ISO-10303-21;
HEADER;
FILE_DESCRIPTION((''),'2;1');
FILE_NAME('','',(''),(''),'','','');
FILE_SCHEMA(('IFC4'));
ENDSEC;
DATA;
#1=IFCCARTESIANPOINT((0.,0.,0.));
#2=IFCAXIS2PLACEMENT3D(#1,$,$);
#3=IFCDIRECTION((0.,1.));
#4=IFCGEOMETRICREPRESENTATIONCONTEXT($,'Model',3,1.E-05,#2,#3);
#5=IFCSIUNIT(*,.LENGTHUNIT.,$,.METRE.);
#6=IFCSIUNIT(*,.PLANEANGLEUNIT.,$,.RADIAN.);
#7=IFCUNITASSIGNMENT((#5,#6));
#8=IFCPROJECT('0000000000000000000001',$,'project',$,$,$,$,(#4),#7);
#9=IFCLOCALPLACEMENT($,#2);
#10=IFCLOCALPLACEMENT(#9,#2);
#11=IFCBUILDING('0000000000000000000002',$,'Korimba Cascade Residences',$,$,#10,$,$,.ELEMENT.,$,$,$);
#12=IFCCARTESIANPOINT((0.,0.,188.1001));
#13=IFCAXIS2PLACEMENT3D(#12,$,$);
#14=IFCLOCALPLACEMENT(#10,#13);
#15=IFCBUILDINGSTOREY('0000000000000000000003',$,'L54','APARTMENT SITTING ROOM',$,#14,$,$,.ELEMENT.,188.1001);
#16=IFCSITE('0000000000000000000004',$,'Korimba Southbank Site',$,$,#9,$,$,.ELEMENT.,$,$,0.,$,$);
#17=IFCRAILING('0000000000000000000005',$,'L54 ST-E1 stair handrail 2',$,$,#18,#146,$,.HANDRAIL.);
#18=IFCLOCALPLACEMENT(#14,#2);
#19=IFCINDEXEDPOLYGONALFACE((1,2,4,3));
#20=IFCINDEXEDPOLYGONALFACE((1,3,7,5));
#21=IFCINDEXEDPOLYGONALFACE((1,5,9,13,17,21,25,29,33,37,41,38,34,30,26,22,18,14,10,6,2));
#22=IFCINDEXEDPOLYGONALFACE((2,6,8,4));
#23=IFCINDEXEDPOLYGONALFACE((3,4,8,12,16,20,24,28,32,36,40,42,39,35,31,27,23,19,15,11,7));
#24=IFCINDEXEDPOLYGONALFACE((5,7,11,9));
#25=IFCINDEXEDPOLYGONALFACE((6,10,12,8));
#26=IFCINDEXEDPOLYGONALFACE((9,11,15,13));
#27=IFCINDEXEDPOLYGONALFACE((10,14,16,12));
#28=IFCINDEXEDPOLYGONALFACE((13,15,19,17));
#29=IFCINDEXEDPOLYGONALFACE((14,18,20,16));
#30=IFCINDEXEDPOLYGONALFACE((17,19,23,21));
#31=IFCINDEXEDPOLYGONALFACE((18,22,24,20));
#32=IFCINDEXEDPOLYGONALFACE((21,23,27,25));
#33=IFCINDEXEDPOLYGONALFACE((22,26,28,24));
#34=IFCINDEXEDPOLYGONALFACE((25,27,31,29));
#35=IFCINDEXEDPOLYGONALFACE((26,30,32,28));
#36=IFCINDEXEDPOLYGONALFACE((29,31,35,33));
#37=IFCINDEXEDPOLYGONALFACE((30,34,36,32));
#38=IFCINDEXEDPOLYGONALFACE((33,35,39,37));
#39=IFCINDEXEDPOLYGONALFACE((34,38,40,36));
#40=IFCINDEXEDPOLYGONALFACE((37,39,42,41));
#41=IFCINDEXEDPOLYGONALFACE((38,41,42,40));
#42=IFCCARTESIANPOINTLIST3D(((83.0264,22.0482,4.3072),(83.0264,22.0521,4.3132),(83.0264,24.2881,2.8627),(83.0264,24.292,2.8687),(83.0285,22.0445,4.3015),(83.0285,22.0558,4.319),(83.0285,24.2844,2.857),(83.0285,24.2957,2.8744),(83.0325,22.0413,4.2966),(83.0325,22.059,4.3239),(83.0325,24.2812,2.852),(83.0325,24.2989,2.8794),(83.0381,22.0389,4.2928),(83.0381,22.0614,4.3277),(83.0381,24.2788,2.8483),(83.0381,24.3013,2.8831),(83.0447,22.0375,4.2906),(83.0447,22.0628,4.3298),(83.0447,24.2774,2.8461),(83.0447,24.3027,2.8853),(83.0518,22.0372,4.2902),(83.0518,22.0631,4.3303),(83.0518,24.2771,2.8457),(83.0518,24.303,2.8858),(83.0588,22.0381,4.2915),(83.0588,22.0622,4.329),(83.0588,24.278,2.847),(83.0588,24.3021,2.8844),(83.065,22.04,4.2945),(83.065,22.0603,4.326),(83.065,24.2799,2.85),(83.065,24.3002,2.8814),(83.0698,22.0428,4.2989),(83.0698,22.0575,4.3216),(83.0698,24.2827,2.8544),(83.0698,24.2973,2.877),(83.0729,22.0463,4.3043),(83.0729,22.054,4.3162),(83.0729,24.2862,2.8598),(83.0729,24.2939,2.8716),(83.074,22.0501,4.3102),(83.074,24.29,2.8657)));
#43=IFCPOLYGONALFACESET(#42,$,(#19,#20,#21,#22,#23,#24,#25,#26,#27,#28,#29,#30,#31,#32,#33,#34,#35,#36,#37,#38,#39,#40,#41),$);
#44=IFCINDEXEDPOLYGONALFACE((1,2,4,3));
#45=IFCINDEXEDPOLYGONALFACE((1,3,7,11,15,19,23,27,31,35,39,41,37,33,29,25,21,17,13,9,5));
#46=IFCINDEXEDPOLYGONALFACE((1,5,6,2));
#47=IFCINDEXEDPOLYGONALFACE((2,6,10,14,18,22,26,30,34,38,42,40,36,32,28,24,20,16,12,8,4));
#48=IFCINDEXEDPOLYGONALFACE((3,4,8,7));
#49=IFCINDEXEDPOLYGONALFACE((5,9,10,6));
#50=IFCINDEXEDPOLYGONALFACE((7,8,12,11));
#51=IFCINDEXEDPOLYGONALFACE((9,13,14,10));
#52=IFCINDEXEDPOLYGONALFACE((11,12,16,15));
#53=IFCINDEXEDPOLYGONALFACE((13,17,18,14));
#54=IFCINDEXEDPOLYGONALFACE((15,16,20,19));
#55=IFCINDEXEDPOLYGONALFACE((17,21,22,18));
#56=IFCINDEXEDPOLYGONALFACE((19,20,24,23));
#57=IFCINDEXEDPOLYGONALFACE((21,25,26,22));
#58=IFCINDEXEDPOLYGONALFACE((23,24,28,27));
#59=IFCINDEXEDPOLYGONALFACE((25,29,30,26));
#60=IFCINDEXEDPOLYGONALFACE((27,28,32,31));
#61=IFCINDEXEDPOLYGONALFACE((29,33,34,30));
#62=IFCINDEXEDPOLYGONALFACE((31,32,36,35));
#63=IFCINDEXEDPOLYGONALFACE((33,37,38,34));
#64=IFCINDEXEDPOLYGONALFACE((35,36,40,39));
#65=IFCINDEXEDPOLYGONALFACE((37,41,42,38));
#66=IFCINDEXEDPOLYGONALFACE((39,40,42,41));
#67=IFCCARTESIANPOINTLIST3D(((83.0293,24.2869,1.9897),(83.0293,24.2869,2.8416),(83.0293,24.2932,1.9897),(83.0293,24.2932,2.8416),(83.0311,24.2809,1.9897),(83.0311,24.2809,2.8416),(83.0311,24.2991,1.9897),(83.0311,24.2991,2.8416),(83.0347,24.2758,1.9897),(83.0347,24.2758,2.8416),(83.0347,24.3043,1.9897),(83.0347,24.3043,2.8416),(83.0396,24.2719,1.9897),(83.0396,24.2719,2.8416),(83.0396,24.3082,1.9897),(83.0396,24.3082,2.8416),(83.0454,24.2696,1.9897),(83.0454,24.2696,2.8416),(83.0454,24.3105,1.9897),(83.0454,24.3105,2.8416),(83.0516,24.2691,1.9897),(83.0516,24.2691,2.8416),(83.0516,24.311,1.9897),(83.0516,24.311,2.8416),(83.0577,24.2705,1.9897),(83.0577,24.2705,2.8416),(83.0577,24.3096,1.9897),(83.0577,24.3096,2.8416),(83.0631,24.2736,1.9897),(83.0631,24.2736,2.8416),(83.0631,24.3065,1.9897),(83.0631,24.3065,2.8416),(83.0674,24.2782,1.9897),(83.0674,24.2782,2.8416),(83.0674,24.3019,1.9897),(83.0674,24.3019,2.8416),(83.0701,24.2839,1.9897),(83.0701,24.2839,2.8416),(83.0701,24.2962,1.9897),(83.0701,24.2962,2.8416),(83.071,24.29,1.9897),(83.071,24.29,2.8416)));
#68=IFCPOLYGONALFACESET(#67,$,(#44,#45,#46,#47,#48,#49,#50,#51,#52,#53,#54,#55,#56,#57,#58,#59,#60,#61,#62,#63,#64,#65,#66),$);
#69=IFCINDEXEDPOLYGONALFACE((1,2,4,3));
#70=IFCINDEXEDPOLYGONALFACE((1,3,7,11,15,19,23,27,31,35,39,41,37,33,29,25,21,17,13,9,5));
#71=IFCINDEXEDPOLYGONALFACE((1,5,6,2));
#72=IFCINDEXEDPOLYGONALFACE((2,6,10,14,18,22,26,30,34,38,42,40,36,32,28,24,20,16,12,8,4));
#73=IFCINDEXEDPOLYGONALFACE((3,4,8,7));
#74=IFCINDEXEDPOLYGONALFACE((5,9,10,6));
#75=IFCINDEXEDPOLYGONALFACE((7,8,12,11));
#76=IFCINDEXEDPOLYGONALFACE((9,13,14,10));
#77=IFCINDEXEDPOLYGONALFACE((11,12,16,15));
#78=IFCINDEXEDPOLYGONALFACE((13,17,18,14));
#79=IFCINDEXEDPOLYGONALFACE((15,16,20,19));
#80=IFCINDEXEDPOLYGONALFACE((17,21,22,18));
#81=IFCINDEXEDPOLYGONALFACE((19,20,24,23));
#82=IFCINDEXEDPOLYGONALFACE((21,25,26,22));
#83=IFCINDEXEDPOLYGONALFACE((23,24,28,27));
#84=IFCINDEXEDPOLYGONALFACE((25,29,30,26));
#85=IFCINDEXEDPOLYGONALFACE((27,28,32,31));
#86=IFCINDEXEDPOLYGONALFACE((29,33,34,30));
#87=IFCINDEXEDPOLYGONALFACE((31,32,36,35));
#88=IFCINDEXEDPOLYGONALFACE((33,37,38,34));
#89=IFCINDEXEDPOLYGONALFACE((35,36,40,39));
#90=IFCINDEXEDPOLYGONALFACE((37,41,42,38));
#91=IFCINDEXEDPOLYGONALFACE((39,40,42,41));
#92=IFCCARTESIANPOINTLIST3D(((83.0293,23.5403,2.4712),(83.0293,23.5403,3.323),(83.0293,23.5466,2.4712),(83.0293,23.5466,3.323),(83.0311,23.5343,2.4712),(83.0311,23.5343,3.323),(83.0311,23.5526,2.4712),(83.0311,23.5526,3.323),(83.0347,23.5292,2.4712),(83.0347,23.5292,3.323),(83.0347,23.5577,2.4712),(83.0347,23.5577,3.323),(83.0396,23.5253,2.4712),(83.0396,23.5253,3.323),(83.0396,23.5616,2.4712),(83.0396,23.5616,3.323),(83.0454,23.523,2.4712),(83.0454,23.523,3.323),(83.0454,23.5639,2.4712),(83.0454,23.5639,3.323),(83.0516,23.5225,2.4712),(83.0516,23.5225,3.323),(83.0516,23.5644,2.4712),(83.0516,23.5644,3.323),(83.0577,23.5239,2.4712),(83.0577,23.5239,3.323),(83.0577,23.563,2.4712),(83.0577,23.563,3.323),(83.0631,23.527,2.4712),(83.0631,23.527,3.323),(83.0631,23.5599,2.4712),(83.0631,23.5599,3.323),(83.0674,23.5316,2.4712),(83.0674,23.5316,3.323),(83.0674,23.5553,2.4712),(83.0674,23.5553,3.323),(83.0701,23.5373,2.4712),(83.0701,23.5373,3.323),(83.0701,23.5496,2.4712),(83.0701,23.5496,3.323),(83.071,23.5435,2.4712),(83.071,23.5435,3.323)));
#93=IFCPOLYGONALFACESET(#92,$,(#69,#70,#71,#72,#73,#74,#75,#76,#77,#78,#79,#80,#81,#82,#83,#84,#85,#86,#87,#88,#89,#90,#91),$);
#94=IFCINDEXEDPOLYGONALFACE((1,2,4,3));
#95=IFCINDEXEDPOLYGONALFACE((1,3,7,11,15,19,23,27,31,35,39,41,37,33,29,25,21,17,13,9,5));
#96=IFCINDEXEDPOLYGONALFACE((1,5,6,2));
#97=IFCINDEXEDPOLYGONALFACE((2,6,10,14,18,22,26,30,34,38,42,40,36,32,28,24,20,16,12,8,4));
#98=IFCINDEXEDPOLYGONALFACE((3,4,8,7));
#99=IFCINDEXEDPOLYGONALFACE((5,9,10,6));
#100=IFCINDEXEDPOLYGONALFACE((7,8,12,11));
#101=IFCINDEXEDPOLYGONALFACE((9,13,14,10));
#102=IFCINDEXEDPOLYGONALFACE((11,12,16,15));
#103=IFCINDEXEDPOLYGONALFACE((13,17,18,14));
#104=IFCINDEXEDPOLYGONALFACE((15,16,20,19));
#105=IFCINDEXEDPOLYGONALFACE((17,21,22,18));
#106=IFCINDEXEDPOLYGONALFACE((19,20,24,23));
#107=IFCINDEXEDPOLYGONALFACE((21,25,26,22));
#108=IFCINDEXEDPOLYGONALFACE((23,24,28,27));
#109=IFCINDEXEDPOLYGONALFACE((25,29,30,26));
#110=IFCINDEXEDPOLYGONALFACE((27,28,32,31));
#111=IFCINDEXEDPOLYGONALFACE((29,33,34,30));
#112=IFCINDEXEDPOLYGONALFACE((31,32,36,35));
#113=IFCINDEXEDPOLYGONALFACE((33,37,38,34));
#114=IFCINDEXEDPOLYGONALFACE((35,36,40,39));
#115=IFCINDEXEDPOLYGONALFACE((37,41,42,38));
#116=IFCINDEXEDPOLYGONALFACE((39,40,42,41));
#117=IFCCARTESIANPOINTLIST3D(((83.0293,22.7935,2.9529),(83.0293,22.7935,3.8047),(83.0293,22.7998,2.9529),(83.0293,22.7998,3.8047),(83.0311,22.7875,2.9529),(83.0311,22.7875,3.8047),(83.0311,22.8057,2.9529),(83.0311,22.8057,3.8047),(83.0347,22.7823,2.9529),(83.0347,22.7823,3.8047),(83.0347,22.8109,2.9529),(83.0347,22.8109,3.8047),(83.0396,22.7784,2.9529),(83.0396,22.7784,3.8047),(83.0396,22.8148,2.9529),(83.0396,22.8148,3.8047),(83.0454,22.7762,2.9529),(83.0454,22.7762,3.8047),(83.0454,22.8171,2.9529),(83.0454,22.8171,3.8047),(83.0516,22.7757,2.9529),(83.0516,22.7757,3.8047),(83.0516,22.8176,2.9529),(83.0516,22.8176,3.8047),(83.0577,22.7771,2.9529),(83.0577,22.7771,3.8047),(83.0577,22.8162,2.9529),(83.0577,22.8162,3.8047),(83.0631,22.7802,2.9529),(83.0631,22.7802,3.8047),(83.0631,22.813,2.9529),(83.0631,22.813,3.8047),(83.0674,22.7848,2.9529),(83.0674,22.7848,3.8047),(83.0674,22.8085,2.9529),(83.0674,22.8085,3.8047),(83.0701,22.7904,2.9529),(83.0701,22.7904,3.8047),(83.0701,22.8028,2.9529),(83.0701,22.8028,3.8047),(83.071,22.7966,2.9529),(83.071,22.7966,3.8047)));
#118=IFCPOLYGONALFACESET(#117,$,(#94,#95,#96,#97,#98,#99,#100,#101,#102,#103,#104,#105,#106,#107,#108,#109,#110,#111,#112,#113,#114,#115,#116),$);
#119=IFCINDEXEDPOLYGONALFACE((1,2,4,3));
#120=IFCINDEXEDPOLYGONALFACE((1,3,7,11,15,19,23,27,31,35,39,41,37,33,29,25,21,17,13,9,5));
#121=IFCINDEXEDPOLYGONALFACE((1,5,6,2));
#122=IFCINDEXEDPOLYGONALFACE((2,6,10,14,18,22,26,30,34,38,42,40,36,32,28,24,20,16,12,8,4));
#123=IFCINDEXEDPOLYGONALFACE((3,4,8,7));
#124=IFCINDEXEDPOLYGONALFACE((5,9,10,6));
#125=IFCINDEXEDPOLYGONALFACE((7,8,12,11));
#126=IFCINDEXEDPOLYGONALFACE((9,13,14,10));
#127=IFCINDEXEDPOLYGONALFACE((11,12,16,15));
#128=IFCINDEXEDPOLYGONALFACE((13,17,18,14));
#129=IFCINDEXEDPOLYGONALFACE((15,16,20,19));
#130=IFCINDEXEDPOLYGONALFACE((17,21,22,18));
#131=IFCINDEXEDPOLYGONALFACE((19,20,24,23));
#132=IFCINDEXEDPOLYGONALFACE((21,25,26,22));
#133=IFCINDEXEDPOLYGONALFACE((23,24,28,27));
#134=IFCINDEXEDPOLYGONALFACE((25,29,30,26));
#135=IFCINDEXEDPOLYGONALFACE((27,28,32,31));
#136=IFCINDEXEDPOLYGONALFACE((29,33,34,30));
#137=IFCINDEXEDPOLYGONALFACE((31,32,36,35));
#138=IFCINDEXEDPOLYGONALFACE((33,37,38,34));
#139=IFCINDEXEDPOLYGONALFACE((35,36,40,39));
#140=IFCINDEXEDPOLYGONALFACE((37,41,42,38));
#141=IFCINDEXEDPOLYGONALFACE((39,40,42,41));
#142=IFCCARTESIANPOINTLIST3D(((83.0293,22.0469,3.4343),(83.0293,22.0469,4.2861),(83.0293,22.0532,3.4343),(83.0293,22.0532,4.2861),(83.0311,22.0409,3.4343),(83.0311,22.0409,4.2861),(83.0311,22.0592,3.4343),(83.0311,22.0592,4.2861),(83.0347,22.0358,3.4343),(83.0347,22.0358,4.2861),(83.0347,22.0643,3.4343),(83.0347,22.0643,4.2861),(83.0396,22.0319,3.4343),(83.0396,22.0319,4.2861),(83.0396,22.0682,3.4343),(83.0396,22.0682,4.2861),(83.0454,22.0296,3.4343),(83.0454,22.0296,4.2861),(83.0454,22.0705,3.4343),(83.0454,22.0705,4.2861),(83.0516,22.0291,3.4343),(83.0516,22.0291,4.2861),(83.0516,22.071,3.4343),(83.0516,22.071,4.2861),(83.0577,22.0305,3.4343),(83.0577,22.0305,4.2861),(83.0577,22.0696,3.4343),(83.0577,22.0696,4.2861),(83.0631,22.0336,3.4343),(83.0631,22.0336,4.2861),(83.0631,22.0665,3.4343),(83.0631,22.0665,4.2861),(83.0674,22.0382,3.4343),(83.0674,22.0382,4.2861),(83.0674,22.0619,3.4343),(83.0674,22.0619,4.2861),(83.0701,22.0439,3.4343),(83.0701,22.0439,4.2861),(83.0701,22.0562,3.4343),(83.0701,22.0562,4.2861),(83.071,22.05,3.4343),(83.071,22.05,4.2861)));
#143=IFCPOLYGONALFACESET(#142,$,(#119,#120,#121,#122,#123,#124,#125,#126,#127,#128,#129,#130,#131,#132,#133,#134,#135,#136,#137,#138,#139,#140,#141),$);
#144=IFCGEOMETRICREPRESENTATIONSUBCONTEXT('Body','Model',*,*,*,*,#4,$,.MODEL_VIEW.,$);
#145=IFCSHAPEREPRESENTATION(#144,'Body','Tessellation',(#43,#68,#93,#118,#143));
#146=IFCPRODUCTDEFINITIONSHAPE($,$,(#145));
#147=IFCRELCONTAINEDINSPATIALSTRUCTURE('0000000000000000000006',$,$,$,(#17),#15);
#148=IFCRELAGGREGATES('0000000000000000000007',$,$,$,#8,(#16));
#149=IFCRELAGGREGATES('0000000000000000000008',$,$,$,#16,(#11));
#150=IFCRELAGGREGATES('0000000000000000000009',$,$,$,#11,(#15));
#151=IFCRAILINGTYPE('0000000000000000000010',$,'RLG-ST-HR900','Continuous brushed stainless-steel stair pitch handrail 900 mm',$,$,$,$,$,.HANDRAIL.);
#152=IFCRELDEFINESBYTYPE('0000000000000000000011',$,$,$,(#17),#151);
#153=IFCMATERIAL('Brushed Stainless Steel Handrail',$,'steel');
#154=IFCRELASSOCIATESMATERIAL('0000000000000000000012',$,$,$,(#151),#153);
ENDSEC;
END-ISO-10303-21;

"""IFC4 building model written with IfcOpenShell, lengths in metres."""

from ifc_helpers import new_model, si_unit, direction, frame, origin, origin_2d, place, context, subcontext, project, spatial, circle, extrude, material, type_object, element, save


model = new_model("IFC4")

# Units and contexts
model_context = context("Model", 3, precision=1e-05, world=origin(), true_north=direction((0.0, 1.0)))
body_context = subcontext(model_context, "Body", "Model", "MODEL_VIEW")
ifc_project = project(units=[si_unit("LENGTHUNIT", "METRE"), si_unit("PLANEANGLEUNIT", "RADIAN")], contexts=[model_context])

# Site, building, storey
site_placement = place(None, origin())
site = spatial("IfcSite", under=ifc_project, at=site_placement, Name="Korimba Southbank Site", CompositionType="ELEMENT", RefElevation=0.0)
building_placement = place(site_placement, origin())
building = spatial("IfcBuilding", under=site, at=building_placement, Name="Korimba Cascade Residences", CompositionType="ELEMENT")
storey_placement = place(building_placement, frame((0.0, 0.0, 188.1001)))
storey = spatial("IfcBuildingStorey", under=building, at=storey_placement, Name="L54", Description="APARTMENT SITTING ROOM", CompositionType="ELEMENT", Elevation=188.1001)

# Railing
ifc_material_1 = material(Name="Brushed Stainless Steel Handrail", Category="steel")
railing_type_1 = type_object("IfcRailingType", Name="RLG-ST-HR900", Description="Continuous brushed stainless-steel stair pitch handrail 900 mm", PredefinedType="HANDRAIL", material=ifc_material_1)
railing_1_placement = place(storey_placement, frame((83.05, 24.29, 1.9897)))
element("IfcRailing", 1, at=railing_1_placement, inside=storey, type_object=railing_type_1, Name="L54 ST-E1 stair handrail 2", PredefinedType="HANDRAIL", context=body_context, shape_type="SweptSolid", body=[
    extrude(circle(Radius=0.0239, at=origin_2d()), frame((0.0, 0.0, 0.876), z_axis=(0.0, -0.840395, 0.541975), x_axis=(1.0, 0.0, 0.0)), (0.0, 0.0, 1.0), 2.6653),
    extrude(circle(Radius=0.021, at=origin_2d()), origin(), (0.0, 0.0, 1.0), 0.8518),
    extrude(circle(Radius=0.021, at=origin_2d()), frame((0.0, -0.7466, 0.4814)), (0.0, 0.0, 1.0), 0.8518),
    extrude(circle(Radius=0.021, at=origin_2d()), frame((0.0, -1.4934, 0.9631)), (0.0, 0.0, 1.0), 0.8518),
    extrude(circle(Radius=0.021, at=origin_2d()), frame((0.0, -2.24, 1.4446)), (0.0, 0.0, 1.0), 0.8518),
])

save(model, "model.ifc")
